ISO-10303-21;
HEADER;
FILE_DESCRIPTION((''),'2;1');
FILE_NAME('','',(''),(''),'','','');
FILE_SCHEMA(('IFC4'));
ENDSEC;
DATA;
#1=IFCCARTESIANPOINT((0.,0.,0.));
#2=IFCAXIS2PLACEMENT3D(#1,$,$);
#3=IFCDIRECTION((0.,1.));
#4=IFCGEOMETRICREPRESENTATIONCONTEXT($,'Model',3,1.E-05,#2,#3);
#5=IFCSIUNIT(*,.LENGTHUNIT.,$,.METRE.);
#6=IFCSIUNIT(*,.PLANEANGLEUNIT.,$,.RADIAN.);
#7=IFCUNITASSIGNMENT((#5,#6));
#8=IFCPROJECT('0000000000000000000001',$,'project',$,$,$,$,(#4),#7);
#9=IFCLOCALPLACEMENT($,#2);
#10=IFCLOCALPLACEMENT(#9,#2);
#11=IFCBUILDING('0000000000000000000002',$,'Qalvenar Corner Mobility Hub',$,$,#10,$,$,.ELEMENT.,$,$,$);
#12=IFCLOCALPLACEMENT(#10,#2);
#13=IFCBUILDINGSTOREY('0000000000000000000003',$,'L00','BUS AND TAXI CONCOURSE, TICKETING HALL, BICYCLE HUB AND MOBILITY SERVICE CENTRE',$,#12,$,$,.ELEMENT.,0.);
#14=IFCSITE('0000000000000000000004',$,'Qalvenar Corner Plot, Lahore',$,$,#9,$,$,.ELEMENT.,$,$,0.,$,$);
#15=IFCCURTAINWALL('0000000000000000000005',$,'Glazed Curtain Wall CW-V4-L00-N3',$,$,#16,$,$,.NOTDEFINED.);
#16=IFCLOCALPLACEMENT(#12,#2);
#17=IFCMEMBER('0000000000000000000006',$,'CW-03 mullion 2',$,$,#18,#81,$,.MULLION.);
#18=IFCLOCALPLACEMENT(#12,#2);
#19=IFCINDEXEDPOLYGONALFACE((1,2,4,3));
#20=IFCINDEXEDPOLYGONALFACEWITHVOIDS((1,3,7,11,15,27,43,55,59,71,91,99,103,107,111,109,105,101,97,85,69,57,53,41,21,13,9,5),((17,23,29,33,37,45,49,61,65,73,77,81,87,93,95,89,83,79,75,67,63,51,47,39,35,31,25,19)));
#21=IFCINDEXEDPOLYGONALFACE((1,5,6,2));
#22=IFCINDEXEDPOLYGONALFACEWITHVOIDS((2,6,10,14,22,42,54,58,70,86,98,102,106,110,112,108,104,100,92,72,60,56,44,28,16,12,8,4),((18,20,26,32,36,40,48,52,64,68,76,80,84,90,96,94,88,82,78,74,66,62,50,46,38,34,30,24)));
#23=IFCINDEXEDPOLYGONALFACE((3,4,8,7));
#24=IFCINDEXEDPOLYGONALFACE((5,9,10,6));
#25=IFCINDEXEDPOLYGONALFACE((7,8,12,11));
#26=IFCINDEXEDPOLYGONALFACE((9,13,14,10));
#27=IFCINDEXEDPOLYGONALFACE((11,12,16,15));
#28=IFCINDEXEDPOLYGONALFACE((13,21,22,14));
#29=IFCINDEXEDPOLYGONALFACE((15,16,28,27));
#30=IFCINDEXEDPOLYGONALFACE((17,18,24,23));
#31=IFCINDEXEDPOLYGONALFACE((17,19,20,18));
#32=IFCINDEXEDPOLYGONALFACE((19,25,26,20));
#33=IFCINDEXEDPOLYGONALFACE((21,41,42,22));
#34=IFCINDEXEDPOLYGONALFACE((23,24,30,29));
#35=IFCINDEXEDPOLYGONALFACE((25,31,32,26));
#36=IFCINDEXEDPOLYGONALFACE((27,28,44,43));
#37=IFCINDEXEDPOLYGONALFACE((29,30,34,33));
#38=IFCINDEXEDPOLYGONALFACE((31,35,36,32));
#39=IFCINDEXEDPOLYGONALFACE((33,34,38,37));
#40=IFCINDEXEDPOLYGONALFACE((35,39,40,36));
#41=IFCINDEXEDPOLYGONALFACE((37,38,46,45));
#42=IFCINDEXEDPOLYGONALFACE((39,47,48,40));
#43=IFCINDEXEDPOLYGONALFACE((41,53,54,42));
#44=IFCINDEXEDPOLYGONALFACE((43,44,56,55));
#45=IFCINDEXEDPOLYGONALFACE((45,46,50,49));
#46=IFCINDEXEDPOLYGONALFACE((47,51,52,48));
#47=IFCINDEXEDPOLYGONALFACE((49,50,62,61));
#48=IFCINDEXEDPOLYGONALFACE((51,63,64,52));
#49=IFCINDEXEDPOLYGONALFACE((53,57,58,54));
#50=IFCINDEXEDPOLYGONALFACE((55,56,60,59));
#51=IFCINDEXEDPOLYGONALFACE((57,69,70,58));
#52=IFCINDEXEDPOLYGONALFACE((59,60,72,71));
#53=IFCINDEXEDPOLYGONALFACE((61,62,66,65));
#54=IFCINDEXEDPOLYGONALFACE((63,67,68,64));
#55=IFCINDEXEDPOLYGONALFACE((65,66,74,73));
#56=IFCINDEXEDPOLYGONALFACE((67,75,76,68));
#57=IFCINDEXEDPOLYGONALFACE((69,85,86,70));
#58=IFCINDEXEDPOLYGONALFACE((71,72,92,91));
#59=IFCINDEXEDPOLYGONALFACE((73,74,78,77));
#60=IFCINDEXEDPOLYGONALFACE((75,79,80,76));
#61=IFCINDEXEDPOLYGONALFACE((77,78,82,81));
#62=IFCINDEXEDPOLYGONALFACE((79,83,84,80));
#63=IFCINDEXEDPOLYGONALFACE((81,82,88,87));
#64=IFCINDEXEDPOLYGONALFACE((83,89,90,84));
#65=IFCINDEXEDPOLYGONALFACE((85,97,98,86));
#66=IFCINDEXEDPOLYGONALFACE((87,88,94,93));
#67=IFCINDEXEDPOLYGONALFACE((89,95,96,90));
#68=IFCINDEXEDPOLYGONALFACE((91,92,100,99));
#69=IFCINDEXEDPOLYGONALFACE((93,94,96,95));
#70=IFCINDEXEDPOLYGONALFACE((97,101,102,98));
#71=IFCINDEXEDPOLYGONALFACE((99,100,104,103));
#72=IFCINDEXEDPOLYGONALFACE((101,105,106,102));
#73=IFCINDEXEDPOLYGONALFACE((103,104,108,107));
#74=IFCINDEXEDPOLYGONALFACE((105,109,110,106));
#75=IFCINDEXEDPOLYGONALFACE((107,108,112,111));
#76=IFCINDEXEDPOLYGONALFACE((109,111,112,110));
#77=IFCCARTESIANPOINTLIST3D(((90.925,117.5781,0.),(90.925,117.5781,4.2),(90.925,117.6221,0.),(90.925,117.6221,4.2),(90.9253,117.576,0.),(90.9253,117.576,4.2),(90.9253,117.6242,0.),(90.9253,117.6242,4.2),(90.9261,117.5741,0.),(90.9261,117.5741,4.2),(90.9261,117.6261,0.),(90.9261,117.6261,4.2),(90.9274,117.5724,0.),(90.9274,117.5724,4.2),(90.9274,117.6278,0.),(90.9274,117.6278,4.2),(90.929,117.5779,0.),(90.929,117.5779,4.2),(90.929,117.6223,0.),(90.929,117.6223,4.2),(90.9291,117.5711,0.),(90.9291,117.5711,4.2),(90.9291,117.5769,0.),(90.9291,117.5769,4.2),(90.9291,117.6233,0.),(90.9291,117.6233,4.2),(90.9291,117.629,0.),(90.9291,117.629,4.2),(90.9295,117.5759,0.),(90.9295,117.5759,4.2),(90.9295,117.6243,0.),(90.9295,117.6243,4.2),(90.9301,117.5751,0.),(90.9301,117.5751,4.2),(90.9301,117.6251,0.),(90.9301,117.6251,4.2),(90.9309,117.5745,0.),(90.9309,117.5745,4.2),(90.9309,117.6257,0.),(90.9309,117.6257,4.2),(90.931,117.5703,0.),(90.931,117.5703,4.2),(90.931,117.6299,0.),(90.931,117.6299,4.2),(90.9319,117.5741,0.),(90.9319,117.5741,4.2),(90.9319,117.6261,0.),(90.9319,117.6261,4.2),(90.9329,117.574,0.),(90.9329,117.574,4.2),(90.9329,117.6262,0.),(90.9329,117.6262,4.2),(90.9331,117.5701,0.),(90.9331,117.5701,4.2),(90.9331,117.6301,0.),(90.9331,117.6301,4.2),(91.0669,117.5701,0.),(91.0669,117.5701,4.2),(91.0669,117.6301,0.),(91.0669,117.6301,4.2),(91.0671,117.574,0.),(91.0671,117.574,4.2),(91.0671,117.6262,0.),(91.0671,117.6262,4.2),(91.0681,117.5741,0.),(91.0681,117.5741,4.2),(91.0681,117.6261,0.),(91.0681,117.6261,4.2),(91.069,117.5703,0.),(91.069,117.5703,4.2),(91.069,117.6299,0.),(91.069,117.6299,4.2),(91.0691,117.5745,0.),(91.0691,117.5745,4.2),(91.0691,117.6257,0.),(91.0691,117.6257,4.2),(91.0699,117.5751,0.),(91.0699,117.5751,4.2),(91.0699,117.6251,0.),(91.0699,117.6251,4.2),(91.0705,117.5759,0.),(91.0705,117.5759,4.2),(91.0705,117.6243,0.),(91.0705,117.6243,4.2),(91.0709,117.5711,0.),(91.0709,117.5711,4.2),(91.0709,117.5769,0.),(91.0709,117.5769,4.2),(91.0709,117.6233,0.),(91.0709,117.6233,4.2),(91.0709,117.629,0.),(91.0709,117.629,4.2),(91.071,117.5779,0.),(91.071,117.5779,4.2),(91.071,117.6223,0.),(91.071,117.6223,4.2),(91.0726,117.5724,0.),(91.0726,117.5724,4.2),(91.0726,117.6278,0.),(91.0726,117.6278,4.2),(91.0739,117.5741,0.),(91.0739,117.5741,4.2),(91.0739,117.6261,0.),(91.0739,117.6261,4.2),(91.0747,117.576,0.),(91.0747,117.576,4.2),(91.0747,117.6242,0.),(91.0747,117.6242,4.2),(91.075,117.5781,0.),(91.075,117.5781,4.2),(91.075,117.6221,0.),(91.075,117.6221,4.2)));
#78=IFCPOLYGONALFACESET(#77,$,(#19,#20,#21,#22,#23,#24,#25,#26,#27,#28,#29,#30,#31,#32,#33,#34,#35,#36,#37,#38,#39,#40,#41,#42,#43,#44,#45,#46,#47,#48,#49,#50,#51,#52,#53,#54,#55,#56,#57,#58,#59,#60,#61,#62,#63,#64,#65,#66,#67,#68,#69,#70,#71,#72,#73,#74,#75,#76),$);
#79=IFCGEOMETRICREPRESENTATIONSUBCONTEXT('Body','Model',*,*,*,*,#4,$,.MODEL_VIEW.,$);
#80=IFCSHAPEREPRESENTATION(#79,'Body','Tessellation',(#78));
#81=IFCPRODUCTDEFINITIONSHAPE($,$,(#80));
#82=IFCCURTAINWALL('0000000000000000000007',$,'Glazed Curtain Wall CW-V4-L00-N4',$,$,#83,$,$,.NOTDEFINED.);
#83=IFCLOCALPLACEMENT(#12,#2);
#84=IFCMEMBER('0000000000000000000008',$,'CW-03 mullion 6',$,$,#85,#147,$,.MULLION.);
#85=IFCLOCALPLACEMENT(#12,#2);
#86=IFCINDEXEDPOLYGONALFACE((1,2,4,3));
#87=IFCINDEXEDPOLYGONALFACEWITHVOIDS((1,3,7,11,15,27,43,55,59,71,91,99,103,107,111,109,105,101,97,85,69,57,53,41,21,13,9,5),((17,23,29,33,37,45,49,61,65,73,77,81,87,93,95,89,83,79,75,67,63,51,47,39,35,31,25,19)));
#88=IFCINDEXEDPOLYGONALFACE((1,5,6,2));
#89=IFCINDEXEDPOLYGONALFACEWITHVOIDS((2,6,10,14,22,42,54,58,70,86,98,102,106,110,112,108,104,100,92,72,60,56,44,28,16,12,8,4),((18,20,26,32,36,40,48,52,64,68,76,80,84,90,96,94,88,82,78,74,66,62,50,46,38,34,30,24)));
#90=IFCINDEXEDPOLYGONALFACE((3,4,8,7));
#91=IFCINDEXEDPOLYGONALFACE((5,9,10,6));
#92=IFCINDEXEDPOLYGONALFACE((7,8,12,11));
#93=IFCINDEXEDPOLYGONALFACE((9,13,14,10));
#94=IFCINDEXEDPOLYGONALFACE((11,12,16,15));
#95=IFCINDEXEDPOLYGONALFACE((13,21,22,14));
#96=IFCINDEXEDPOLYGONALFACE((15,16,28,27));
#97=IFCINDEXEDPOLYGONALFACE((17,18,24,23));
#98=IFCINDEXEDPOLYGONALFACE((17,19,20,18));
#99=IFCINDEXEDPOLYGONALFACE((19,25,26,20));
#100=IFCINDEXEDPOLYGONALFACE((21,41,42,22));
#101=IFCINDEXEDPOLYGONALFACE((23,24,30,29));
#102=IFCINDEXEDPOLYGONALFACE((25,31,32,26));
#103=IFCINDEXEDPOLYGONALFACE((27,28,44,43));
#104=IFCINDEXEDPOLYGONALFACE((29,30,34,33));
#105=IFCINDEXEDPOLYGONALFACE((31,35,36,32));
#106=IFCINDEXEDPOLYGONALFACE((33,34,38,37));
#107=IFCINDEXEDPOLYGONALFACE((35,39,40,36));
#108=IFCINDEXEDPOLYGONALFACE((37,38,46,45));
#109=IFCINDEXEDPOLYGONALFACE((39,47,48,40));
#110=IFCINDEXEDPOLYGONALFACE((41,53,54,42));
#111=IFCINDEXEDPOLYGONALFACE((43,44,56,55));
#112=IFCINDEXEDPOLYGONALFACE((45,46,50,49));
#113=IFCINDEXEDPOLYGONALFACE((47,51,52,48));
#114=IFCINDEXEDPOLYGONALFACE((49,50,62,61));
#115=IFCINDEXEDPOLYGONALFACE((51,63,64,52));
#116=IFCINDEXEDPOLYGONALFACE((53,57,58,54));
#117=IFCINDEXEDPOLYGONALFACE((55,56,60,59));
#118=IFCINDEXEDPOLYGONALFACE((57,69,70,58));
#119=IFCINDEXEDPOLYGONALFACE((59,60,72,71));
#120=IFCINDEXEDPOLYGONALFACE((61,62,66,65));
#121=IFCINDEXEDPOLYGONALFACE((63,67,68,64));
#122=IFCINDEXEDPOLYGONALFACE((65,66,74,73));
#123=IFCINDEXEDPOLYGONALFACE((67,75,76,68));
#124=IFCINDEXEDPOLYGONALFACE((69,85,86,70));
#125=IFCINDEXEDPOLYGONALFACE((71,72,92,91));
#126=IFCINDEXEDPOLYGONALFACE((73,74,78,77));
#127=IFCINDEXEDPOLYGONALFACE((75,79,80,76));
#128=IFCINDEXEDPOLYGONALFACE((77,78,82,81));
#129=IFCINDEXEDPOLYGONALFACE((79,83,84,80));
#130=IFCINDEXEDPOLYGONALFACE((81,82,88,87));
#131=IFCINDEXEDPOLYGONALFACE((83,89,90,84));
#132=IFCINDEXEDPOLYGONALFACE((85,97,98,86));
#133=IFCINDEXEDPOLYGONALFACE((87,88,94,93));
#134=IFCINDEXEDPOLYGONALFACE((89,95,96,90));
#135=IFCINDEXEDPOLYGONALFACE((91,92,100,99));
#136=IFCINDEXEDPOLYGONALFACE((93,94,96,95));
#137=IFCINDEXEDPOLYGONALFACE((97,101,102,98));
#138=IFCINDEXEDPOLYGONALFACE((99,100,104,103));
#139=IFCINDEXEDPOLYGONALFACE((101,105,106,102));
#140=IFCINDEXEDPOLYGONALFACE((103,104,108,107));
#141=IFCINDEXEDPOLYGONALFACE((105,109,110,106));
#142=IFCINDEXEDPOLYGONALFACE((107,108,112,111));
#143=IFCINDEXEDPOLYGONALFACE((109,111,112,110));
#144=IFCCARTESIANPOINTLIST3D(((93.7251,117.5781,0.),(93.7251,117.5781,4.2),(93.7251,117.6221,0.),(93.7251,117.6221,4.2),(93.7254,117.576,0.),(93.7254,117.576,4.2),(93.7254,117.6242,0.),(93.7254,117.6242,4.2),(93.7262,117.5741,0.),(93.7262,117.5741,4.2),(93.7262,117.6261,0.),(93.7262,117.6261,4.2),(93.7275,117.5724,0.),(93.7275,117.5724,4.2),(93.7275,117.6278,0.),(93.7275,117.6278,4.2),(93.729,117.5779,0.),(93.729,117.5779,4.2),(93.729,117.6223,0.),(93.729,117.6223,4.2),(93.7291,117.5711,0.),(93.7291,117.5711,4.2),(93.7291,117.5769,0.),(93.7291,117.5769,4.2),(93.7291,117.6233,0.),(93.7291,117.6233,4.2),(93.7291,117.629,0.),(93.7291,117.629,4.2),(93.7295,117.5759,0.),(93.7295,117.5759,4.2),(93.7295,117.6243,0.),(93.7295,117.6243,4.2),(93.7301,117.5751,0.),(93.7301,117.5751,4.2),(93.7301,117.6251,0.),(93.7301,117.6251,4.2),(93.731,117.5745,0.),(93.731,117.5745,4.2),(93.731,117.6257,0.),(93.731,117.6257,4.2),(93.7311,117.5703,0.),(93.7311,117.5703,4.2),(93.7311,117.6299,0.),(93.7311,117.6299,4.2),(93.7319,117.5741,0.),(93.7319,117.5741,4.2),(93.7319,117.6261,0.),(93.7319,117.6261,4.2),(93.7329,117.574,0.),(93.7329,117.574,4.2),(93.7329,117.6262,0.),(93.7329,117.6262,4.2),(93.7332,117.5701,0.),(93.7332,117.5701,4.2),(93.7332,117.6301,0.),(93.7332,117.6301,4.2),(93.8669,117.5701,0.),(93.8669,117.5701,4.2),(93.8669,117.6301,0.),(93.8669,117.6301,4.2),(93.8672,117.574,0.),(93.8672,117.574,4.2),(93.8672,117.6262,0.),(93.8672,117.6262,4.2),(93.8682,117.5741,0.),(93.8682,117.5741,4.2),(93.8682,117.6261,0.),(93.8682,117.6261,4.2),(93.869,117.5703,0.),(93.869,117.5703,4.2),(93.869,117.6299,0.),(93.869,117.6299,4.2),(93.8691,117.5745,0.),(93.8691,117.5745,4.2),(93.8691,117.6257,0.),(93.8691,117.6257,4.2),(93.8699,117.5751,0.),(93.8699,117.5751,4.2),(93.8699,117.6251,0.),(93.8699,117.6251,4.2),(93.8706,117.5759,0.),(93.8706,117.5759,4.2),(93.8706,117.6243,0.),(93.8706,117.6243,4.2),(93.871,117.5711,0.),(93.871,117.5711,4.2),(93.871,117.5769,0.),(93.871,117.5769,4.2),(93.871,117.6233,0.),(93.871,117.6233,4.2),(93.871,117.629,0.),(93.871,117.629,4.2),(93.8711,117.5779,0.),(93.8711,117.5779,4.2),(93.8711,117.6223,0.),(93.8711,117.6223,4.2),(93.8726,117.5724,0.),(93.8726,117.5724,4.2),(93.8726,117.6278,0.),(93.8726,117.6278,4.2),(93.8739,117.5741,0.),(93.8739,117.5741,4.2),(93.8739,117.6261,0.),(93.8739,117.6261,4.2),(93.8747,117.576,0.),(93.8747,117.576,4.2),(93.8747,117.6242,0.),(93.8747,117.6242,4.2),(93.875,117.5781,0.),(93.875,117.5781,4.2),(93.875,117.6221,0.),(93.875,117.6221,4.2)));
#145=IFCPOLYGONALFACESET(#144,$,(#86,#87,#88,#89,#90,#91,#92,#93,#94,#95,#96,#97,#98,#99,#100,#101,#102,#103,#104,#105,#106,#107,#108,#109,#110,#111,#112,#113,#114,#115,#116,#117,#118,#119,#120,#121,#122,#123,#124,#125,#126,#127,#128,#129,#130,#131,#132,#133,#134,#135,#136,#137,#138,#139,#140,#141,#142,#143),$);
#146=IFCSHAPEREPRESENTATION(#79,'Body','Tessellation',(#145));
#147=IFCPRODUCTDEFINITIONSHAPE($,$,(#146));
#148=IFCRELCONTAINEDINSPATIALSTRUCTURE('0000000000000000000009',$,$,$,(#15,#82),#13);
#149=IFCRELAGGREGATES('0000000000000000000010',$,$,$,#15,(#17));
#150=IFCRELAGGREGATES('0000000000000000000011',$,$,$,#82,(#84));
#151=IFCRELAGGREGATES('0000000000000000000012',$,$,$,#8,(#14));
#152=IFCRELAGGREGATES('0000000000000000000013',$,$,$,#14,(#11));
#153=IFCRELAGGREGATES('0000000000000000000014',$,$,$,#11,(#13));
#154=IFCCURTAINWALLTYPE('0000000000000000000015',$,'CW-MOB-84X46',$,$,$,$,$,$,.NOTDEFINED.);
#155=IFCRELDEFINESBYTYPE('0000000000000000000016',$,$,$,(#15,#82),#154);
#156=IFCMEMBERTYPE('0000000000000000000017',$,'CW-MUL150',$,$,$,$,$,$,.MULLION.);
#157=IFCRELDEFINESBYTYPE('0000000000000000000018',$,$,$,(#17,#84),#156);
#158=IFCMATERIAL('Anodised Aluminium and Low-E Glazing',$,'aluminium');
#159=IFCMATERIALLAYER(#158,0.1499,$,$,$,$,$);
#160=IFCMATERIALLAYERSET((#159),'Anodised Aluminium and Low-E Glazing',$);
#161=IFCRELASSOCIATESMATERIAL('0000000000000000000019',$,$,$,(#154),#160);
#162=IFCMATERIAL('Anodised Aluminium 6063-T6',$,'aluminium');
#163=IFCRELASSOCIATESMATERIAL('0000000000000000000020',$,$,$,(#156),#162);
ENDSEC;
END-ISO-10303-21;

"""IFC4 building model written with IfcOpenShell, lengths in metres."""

from ifc_helpers import new_model, si_unit, direction, frame, origin, origin_2d, place, context, subcontext, project, spatial, hollow_rectangle, extrude, material, layer, layer_set, material_profile, profile_set, type_object, element, aggregate, save


model = new_model("IFC4")

# Units and contexts
model_context = context("Model", 3, precision=1e-05, world=origin(), true_north=direction((0.0, 1.0)))
body_context = subcontext(model_context, "Body", "Model", "MODEL_VIEW")
ifc_project = project(units=[si_unit("LENGTHUNIT", "METRE"), si_unit("PLANEANGLEUNIT", "RADIAN")], contexts=[model_context])

# Site, building, storey
site_placement = place(None, origin())
site = spatial("IfcSite", under=ifc_project, at=site_placement, Name="Qalvenar Corner Plot, Lahore", CompositionType="ELEMENT", RefElevation=0.0)
building_placement = place(site_placement, origin())
building = spatial("IfcBuilding", under=site, at=building_placement, Name="Qalvenar Corner Mobility Hub", CompositionType="ELEMENT")
storey_placement = place(building_placement, origin())
storey = spatial("IfcBuildingStorey", under=building, at=storey_placement, Name="L00", Description="BUS AND TAXI CONCOURSE, TICKETING HALL, BICYCLE HUB AND MOBILITY SERVICE CENTRE", CompositionType="ELEMENT", Elevation=0.0)

# Curtain walls, members
ifc_material_1 = material(Name="Anodised Aluminium and Low-E Glazing", Category="aluminium")
ifc_layer_1 = layer(ifc_material_1, 0.1499)
ifc_layer_set_1 = layer_set([ifc_layer_1], Name="Anodised Aluminium and Low-E Glazing")
curtain_wall_type = type_object("IfcCurtainWallType", Name="CW-MOB-84X46", PredefinedType="NOTDEFINED", material=ifc_layer_set_1)
curtain_wall_1_placement = place(storey_placement, origin())
curtain_wall_1 = element("IfcCurtainWall", 1, at=curtain_wall_1_placement, inside=storey, type_object=curtain_wall_type, Name="Glazed Curtain Wall CW-V4-L00-N3", PredefinedType="NOTDEFINED")
ifc_material_2 = material(Name="Anodised Aluminium 6063-T6", Category="aluminium")
ifc_material_profile_1 = material_profile(ifc_material_2, hollow_rectangle(XDim=0.0601, YDim=0.1499, WallThickness=0.0039, InnerFilletRadius=0.0039, OuterFilletRadius=0.0081, at=origin_2d()), Name="RHS150x60x4")
ifc_profile_set_1 = profile_set([ifc_material_profile_1], Name="Anodised Aluminium 6063-T6")
member_type_1 = type_object("IfcMemberType", Name="CW-MUL150", PredefinedType="MULLION", material=ifc_profile_set_1)
member_1_placement = place(storey_placement, frame((91.0, 117.6001, 0.0), z_axis=(0.0, 0.0, 1.0), x_axis=(0.0, -1.0, 0.0)))
member_1 = element("IfcMember", 2, at=member_1_placement, type_object=member_type_1, Name="CW-03 mullion 2", PredefinedType="MULLION", context=body_context, shape_type="SweptSolid", body=[
    extrude(hollow_rectangle(XDim=0.0601, YDim=0.1499, WallThickness=0.0039, InnerFilletRadius=0.0039, OuterFilletRadius=0.0081, at=origin_2d()), origin(), (0.0, 0.0, 1.0), 4.2),
])
curtain_wall_2_placement = place(storey_placement, origin())
curtain_wall_2 = element("IfcCurtainWall", 3, at=curtain_wall_2_placement, inside=storey, type_object=curtain_wall_type, Name="Glazed Curtain Wall CW-V4-L00-N4", PredefinedType="NOTDEFINED")
member_2_placement = place(storey_placement, frame((93.8, 117.6001, 0.0), z_axis=(0.0, 0.0, 1.0), x_axis=(0.0, -1.0, 0.0)))
member_2 = element("IfcMember", 4, at=member_2_placement, type_object=member_type_1, Name="CW-03 mullion 6", PredefinedType="MULLION", context=body_context, shape_type="SweptSolid", body=[
    extrude(hollow_rectangle(XDim=0.0601, YDim=0.1499, WallThickness=0.0039, InnerFilletRadius=0.0039, OuterFilletRadius=0.0081, at=origin_2d()), origin(), (0.0, 0.0, 1.0), 4.2),
])

aggregate(curtain_wall_1, [member_1])
aggregate(curtain_wall_2, [member_2])

save(model, "model.ifc")
